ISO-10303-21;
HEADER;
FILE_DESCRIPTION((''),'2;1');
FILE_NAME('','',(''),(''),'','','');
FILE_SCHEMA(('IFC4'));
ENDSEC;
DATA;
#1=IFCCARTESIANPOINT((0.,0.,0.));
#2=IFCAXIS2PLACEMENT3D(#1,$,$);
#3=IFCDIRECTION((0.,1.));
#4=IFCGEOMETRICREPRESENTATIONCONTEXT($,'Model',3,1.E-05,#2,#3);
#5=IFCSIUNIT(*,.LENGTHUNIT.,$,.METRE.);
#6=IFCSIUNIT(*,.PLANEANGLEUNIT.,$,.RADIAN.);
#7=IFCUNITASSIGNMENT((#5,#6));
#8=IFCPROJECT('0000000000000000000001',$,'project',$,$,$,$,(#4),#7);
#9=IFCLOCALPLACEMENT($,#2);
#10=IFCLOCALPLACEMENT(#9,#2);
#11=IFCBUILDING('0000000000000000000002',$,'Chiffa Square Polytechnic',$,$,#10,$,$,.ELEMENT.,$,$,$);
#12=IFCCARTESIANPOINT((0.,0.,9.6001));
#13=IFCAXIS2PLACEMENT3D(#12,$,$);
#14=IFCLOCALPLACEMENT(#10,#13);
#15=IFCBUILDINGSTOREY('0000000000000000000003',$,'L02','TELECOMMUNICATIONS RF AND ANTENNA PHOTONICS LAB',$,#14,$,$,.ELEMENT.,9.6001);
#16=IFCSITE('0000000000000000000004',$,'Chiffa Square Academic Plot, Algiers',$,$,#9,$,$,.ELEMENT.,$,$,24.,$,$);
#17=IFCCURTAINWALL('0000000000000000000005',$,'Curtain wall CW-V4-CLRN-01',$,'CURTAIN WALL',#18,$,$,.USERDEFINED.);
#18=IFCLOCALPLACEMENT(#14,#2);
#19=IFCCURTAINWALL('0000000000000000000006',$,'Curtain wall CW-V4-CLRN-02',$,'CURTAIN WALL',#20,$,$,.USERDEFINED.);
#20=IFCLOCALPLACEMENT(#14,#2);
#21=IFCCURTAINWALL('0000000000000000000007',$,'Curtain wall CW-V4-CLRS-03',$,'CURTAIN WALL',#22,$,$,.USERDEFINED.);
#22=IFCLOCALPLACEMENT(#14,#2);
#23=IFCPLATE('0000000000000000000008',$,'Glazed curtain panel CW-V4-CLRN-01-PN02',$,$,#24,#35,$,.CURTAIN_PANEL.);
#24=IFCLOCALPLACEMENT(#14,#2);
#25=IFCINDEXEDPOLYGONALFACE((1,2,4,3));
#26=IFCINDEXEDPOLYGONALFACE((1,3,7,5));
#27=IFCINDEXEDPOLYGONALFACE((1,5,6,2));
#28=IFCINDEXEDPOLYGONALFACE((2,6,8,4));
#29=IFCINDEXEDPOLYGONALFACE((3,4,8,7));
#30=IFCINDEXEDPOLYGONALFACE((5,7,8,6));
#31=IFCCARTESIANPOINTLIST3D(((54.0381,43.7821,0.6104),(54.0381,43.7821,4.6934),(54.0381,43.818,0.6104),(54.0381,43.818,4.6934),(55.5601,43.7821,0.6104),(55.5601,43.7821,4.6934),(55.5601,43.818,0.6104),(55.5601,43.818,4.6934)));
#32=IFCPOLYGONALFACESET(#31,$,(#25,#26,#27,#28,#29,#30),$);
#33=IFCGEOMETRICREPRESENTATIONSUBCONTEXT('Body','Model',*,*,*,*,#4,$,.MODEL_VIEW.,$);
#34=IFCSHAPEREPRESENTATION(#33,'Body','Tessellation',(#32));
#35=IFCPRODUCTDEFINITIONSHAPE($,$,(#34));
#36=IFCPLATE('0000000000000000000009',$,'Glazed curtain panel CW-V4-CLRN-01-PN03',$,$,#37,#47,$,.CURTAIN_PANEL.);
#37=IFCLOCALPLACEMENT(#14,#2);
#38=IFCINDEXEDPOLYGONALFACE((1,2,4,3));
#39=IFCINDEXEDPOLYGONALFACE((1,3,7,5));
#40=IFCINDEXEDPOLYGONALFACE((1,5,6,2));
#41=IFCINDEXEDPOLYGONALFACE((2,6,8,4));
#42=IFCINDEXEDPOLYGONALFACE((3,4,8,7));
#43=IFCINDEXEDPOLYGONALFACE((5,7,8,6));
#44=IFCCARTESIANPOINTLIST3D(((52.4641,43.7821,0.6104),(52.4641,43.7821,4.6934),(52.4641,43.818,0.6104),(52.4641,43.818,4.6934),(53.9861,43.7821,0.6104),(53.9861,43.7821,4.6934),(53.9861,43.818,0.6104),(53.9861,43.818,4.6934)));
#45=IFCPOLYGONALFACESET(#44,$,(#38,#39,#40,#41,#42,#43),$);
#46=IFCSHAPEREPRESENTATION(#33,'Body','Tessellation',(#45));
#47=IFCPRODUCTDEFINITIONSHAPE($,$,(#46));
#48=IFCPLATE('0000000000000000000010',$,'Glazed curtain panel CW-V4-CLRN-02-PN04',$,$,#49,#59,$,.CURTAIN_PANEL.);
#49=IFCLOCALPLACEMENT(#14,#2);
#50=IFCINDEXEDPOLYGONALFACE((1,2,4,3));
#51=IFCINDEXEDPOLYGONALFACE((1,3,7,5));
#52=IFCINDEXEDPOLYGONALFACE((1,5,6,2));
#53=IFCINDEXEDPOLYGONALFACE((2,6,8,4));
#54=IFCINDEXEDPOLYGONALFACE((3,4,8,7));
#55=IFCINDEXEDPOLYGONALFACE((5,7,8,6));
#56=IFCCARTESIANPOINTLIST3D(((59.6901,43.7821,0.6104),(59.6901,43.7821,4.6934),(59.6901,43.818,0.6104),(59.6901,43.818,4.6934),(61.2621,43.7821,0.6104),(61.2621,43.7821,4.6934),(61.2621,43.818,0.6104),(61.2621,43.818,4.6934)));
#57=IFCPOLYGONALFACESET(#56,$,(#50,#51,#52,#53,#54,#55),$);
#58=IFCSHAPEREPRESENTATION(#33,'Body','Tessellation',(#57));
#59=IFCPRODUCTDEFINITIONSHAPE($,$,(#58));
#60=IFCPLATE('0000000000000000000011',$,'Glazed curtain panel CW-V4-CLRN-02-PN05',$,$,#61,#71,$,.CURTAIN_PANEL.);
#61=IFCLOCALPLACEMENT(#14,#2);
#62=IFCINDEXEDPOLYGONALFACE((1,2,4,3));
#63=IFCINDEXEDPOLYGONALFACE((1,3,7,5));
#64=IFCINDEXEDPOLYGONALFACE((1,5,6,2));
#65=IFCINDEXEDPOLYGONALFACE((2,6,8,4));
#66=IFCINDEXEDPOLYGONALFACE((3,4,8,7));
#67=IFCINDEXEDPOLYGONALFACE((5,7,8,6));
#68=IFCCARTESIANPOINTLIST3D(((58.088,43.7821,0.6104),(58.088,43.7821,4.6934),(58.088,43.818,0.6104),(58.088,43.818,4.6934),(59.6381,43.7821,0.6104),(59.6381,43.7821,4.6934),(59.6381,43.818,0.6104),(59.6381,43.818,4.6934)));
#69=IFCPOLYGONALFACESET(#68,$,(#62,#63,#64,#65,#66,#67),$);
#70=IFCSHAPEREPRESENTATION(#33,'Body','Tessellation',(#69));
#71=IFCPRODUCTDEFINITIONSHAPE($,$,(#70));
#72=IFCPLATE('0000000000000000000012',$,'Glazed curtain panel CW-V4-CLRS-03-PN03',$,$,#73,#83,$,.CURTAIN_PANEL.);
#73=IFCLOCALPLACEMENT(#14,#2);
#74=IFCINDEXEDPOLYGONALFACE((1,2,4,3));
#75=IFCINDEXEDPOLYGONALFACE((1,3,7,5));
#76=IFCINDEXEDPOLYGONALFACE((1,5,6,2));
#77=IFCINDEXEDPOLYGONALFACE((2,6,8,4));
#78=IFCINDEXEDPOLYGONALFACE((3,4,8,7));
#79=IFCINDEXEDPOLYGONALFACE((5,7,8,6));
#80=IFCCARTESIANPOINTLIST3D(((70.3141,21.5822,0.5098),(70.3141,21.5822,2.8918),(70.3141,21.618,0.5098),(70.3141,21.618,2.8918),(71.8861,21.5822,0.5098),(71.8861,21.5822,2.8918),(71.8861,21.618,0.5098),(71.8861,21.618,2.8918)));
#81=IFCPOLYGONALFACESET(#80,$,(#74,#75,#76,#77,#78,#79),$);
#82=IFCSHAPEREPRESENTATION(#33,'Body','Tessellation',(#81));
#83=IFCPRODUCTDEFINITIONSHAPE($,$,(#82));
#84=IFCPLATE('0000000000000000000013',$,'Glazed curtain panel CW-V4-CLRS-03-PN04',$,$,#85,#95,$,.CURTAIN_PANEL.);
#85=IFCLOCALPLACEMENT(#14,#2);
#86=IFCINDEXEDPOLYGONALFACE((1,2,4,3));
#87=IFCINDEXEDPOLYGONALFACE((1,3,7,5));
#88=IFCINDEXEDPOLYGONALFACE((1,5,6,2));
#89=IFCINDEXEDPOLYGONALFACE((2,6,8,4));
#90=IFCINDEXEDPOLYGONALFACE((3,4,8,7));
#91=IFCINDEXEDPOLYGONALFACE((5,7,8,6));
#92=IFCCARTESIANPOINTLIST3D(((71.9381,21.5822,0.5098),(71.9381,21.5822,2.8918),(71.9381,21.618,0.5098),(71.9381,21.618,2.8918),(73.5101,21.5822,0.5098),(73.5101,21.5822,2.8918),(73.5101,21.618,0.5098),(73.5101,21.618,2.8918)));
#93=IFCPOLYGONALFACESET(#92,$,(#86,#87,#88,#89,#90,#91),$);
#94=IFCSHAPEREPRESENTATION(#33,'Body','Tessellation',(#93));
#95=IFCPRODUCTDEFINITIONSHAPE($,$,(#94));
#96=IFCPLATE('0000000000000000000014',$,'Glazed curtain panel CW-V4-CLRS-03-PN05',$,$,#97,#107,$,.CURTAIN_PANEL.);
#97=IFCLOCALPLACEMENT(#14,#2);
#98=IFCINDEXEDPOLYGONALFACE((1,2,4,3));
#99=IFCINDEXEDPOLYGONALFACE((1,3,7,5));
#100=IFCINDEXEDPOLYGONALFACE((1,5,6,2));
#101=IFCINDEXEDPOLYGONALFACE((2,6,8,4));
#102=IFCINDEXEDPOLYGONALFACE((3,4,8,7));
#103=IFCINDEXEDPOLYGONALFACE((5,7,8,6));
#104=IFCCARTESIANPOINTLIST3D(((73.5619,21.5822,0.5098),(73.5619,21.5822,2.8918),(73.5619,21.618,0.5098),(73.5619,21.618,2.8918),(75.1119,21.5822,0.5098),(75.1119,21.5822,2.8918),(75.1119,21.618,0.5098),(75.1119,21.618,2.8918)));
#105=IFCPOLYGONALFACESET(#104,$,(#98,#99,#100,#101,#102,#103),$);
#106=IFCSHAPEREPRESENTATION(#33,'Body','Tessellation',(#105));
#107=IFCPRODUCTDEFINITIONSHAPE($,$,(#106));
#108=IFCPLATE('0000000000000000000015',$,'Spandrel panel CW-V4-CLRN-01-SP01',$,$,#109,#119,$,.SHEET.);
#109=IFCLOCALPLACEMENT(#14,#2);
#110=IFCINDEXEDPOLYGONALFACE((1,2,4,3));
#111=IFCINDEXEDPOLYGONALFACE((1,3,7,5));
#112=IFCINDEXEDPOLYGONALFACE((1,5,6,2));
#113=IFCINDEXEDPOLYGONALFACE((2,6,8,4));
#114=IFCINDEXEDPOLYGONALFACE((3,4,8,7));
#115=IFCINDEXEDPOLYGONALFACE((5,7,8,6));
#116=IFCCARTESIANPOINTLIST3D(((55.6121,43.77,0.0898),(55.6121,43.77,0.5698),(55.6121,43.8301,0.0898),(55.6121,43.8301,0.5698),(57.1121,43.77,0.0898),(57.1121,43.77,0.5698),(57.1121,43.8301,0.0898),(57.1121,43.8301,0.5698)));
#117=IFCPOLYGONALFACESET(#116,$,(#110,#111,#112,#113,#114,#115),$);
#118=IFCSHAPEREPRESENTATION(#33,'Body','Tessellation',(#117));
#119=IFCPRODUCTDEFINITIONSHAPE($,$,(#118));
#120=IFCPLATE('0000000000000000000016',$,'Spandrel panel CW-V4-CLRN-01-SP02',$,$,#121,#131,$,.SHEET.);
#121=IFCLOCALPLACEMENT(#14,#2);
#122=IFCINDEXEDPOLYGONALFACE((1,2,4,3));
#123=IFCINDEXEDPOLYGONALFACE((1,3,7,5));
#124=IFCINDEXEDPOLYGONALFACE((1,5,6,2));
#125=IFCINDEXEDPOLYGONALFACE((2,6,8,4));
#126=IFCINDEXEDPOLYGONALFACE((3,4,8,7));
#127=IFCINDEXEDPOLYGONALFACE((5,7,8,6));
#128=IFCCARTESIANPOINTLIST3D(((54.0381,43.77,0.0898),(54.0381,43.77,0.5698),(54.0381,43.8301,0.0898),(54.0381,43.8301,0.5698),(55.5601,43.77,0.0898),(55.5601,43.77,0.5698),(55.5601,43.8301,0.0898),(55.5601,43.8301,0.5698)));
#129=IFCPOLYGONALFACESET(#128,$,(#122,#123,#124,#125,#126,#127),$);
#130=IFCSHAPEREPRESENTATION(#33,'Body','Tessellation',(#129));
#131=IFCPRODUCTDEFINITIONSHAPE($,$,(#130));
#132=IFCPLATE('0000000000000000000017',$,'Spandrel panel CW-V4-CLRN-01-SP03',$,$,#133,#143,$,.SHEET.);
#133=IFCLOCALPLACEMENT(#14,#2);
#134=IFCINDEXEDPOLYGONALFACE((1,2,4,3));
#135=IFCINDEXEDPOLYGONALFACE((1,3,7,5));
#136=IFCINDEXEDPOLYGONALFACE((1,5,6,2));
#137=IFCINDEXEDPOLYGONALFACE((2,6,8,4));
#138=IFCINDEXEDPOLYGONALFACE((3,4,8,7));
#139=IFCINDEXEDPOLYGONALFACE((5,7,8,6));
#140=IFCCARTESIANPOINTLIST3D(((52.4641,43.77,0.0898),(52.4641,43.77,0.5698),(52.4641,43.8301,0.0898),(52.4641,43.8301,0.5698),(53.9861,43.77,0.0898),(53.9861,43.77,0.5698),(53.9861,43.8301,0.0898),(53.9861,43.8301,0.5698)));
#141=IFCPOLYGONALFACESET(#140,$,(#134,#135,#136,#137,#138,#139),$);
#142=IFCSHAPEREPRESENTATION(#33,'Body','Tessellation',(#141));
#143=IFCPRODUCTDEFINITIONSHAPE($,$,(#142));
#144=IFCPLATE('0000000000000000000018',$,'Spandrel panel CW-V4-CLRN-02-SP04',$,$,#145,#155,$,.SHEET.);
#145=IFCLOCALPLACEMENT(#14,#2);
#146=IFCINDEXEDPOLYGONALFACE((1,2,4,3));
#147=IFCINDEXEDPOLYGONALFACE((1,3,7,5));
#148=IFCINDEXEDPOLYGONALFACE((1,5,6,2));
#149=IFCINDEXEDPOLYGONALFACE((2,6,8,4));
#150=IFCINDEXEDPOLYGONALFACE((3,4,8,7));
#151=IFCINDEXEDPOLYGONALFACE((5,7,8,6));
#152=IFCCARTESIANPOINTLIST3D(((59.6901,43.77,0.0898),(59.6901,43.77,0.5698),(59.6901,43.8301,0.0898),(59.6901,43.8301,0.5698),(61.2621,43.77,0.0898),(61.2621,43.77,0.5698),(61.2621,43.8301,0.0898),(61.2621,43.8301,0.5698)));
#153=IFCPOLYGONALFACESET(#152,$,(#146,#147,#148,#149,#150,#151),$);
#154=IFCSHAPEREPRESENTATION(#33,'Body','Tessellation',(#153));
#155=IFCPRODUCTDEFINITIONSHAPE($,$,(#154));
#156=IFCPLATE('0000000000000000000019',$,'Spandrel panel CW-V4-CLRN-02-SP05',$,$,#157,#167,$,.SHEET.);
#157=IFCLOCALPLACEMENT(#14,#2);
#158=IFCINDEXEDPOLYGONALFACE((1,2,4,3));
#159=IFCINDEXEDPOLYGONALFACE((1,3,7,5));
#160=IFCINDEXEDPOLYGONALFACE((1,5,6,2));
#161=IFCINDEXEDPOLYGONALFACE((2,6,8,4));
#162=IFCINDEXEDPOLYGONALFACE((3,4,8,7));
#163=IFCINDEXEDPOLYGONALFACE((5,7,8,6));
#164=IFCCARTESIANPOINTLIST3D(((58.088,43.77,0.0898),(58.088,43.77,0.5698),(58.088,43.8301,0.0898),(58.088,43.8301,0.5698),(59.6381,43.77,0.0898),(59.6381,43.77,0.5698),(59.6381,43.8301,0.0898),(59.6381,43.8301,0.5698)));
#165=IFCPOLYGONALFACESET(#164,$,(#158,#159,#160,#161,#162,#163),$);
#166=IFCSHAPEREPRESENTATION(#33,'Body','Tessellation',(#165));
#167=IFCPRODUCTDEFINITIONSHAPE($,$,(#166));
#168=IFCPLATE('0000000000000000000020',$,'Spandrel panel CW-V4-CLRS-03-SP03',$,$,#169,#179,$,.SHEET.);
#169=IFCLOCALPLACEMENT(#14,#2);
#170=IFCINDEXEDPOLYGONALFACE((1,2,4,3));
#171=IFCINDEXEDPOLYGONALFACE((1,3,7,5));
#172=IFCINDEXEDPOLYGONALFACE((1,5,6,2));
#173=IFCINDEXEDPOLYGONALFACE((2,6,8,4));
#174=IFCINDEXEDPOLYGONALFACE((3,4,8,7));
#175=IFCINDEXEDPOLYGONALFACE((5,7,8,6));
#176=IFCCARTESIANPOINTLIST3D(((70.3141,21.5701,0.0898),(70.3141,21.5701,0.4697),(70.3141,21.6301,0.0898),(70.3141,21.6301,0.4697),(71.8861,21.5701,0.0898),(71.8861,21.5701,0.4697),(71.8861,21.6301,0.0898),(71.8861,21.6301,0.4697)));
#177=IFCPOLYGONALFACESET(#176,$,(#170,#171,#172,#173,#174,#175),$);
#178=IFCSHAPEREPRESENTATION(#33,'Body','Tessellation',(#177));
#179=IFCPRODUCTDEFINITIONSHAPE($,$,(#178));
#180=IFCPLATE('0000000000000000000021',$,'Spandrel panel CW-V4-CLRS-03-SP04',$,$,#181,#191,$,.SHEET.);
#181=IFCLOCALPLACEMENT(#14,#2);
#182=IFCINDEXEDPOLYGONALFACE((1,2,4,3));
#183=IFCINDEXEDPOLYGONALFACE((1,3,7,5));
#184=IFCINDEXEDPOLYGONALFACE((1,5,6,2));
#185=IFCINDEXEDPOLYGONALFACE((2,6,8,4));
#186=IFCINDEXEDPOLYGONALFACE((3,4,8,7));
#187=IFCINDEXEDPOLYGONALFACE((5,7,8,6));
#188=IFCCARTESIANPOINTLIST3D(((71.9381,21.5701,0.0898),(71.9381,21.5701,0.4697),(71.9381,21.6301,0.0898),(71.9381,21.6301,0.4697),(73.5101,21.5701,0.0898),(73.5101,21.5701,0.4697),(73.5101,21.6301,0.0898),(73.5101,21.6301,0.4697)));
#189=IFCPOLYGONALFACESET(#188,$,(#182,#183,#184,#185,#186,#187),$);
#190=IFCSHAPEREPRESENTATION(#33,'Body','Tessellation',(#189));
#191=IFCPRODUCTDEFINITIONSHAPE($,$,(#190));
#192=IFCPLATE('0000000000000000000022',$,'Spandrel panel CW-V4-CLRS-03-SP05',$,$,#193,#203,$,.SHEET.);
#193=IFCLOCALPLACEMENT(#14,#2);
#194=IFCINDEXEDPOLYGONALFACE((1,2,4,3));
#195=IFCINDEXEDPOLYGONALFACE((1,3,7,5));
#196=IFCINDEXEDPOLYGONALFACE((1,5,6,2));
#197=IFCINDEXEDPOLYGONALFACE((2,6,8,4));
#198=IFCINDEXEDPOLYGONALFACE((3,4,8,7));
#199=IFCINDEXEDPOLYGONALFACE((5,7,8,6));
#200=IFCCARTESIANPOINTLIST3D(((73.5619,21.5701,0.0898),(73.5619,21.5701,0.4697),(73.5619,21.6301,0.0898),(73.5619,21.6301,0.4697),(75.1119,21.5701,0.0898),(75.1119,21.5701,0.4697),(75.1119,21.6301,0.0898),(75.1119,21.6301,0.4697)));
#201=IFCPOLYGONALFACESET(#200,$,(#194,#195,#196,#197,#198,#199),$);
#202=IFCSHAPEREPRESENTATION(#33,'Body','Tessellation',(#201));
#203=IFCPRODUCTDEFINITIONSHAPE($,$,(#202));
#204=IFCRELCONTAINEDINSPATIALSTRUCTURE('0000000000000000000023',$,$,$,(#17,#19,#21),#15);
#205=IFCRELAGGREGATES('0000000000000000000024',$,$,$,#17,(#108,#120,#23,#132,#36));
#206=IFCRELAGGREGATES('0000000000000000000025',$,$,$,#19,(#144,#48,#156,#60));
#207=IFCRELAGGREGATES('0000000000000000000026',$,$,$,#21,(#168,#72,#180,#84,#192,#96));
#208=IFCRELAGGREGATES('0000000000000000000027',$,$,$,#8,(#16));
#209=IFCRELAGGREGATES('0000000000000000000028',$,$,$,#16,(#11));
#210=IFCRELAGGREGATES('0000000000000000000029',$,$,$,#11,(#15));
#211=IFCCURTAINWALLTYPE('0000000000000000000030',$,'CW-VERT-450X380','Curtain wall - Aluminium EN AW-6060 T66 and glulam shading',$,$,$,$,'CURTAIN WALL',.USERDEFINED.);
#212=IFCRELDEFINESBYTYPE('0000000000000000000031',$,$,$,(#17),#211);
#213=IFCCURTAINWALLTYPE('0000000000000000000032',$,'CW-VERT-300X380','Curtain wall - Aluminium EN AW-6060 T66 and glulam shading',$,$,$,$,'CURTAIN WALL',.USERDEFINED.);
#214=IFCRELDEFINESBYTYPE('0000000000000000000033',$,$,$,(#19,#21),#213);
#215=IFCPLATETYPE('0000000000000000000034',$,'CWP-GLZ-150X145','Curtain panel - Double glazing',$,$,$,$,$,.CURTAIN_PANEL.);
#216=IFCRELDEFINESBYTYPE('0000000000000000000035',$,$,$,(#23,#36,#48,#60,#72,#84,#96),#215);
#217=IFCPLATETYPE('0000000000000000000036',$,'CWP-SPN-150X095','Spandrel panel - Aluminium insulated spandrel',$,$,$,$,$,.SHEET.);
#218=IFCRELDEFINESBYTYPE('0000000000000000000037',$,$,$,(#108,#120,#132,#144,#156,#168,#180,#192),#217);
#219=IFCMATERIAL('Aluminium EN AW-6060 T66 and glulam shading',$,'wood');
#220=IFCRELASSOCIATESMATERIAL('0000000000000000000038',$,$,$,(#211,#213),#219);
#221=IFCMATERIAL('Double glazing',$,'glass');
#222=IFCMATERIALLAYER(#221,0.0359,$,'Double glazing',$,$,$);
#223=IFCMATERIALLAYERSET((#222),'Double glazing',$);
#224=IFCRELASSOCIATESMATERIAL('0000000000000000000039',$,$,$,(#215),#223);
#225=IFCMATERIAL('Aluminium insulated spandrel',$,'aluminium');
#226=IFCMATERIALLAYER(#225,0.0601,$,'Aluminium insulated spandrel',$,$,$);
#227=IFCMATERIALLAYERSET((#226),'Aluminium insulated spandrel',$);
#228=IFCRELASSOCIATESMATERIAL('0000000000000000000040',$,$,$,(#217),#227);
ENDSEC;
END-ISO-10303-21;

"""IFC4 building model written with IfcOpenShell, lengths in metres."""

from ifc_helpers import new_model, si_unit, direction, frame, origin, origin_2d, place, context, subcontext, project, spatial, rectangle, extrude, material, layer, layer_set, type_object, element, aggregate, save


model = new_model("IFC4")

# Units and contexts
model_context = context("Model", 3, precision=1e-05, world=origin(), true_north=direction((0.0, 1.0)))
body_context = subcontext(model_context, "Body", "Model", "MODEL_VIEW")
ifc_project = project(units=[si_unit("LENGTHUNIT", "METRE"), si_unit("PLANEANGLEUNIT", "RADIAN")], contexts=[model_context])

# Site, building, storey
site_placement = place(None, origin())
site = spatial("IfcSite", under=ifc_project, at=site_placement, Name="Chiffa Square Academic Plot, Algiers", CompositionType="ELEMENT", RefElevation=24.0)
building_placement = place(site_placement, origin())
building = spatial("IfcBuilding", under=site, at=building_placement, Name="Chiffa Square Polytechnic", CompositionType="ELEMENT")
storey_placement = place(building_placement, frame((0.0, 0.0, 9.6001)))
storey = spatial("IfcBuildingStorey", under=building, at=storey_placement, Name="L02", Description="TELECOMMUNICATIONS RF AND ANTENNA PHOTONICS LAB", CompositionType="ELEMENT", Elevation=9.6001)

# Curtain walls
ifc_material_1 = material(Name="Aluminium EN AW-6060 T66 and glulam shading", Category="wood")
curtain_wall_type_1 = type_object("IfcCurtainWallType", Name="CW-VERT-450X380", Description="Curtain wall - Aluminium EN AW-6060 T66 and glulam shading", ElementType="CURTAIN WALL", PredefinedType="USERDEFINED", material=ifc_material_1)
curtain_wall_1_placement = place(storey_placement, origin())
curtain_wall_1 = element("IfcCurtainWall", 1, at=curtain_wall_1_placement, inside=storey, type_object=curtain_wall_type_1, Name="Curtain wall CW-V4-CLRN-01", ObjectType="CURTAIN WALL", PredefinedType="USERDEFINED")
curtain_wall_type_2 = type_object("IfcCurtainWallType", Name="CW-VERT-300X380", Description="Curtain wall - Aluminium EN AW-6060 T66 and glulam shading", ElementType="CURTAIN WALL", PredefinedType="USERDEFINED", material=ifc_material_1)
curtain_wall_2_placement = place(storey_placement, origin())
curtain_wall_2 = element("IfcCurtainWall", 2, at=curtain_wall_2_placement, inside=storey, type_object=curtain_wall_type_2, Name="Curtain wall CW-V4-CLRN-02", ObjectType="CURTAIN WALL", PredefinedType="USERDEFINED")
curtain_wall_3_placement = place(storey_placement, origin())
curtain_wall_3 = element("IfcCurtainWall", 3, at=curtain_wall_3_placement, inside=storey, type_object=curtain_wall_type_2, Name="Curtain wall CW-V4-CLRS-03", ObjectType="CURTAIN WALL", PredefinedType="USERDEFINED")

# Plates
ifc_material_2 = material(Name="Double glazing", Category="glass")
ifc_layer_1 = layer(ifc_material_2, 0.0359, Name="Double glazing")
ifc_layer_set_1 = layer_set([ifc_layer_1], Name="Double glazing")
plate_type_1 = type_object("IfcPlateType", Name="CWP-GLZ-150X145", Description="Curtain panel - Double glazing", PredefinedType="CURTAIN_PANEL", material=ifc_layer_set_1)
plate_1_placement = place(storey_placement, frame((54.7991, 43.8, 0.6104), z_axis=(0.0, 0.0, 1.0), x_axis=(-1.0, 0.0, 0.0)))
plate_1 = element("IfcPlate", 4, at=plate_1_placement, type_object=plate_type_1, Name="Glazed curtain panel CW-V4-CLRN-01-PN02", PredefinedType="CURTAIN_PANEL", context=body_context, shape_type="SweptSolid", body=[
    extrude(rectangle(XDim=1.522, YDim=0.0359, at=origin_2d()), origin(), (0.0, 0.0, 1.0), 4.083),
])
plate_2_placement = place(storey_placement, frame((53.2251, 43.8, 0.6104), z_axis=(0.0, 0.0, 1.0), x_axis=(-1.0, 0.0, 0.0)))
plate_2 = element("IfcPlate", 5, at=plate_2_placement, type_object=plate_type_1, Name="Glazed curtain panel CW-V4-CLRN-01-PN03", PredefinedType="CURTAIN_PANEL", context=body_context, shape_type="SweptSolid", body=[
    extrude(rectangle(XDim=1.522, YDim=0.0359, at=origin_2d()), origin(), (0.0, 0.0, 1.0), 4.083),
])
plate_3_placement = place(storey_placement, frame((60.4761, 43.8, 0.6104), z_axis=(0.0, 0.0, 1.0), x_axis=(-1.0, 0.0, 0.0)))
plate_3 = element("IfcPlate", 6, at=plate_3_placement, type_object=plate_type_1, Name="Glazed curtain panel CW-V4-CLRN-02-PN04", PredefinedType="CURTAIN_PANEL", context=body_context, shape_type="SweptSolid", body=[
    extrude(rectangle(XDim=1.572, YDim=0.0359, at=origin_2d()), origin(), (0.0, 0.0, 1.0), 4.083),
])
plate_4_placement = place(storey_placement, frame((58.863, 43.8, 0.6104), z_axis=(0.0, 0.0, 1.0), x_axis=(-1.0, 0.0, 0.0)))
plate_4 = element("IfcPlate", 7, at=plate_4_placement, type_object=plate_type_1, Name="Glazed curtain panel CW-V4-CLRN-02-PN05", PredefinedType="CURTAIN_PANEL", context=body_context, shape_type="SweptSolid", body=[
    extrude(rectangle(XDim=1.55, YDim=0.0359, at=origin_2d()), origin(), (0.0, 0.0, 1.0), 4.083),
])
plate_5_placement = place(storey_placement, frame((71.1001, 21.6001, 0.5098), z_axis=(0.0, 0.0, 1.0), x_axis=(1.0, 0.0, 0.0)))
plate_5 = element("IfcPlate", 8, at=plate_5_placement, type_object=plate_type_1, Name="Glazed curtain panel CW-V4-CLRS-03-PN03", PredefinedType="CURTAIN_PANEL", context=body_context, shape_type="SweptSolid", body=[
    extrude(rectangle(XDim=1.572, YDim=0.0359, at=origin_2d()), origin(), (0.0, 0.0, 1.0), 2.3821),
])
plate_6_placement = place(storey_placement, frame((72.7241, 21.6001, 0.5098), z_axis=(0.0, 0.0, 1.0), x_axis=(1.0, 0.0, 0.0)))
plate_6 = element("IfcPlate", 9, at=plate_6_placement, type_object=plate_type_1, Name="Glazed curtain panel CW-V4-CLRS-03-PN04", PredefinedType="CURTAIN_PANEL", context=body_context, shape_type="SweptSolid", body=[
    extrude(rectangle(XDim=1.572, YDim=0.0359, at=origin_2d()), origin(), (0.0, 0.0, 1.0), 2.3821),
])
plate_7_placement = place(storey_placement, frame((74.3369, 21.6001, 0.5098), z_axis=(0.0, 0.0, 1.0), x_axis=(1.0, 0.0, 0.0)))
plate_7 = element("IfcPlate", 10, at=plate_7_placement, type_object=plate_type_1, Name="Glazed curtain panel CW-V4-CLRS-03-PN05", PredefinedType="CURTAIN_PANEL", context=body_context, shape_type="SweptSolid", body=[
    extrude(rectangle(XDim=1.55, YDim=0.0359, at=origin_2d()), origin(), (0.0, 0.0, 1.0), 2.3821),
])
ifc_material_3 = material(Name="Aluminium insulated spandrel", Category="aluminium")
ifc_layer_2 = layer(ifc_material_3, 0.0601, Name="Aluminium insulated spandrel")
ifc_layer_set_2 = layer_set([ifc_layer_2], Name="Aluminium insulated spandrel")
plate_type_2 = type_object("IfcPlateType", Name="CWP-SPN-150X095", Description="Spandrel panel - Aluminium insulated spandrel", PredefinedType="SHEET", material=ifc_layer_set_2)
plate_8_placement = place(storey_placement, frame((56.3621, 43.8, 0.0898), z_axis=(0.0, 0.0, 1.0), x_axis=(-1.0, 0.0, 0.0)))
plate_8 = element("IfcPlate", 11, at=plate_8_placement, type_object=plate_type_2, Name="Spandrel panel CW-V4-CLRN-01-SP01", PredefinedType="SHEET", context=body_context, shape_type="SweptSolid", body=[
    extrude(rectangle(XDim=1.5, YDim=0.0601, at=origin_2d()), origin(), (0.0, 0.0, 1.0), 0.48),
])
plate_9_placement = place(storey_placement, frame((54.7991, 43.8, 0.0898), z_axis=(0.0, 0.0, 1.0), x_axis=(-1.0, 0.0, 0.0)))
plate_9 = element("IfcPlate", 12, at=plate_9_placement, type_object=plate_type_2, Name="Spandrel panel CW-V4-CLRN-01-SP02", PredefinedType="SHEET", context=body_context, shape_type="SweptSolid", body=[
    extrude(rectangle(XDim=1.522, YDim=0.0601, at=origin_2d()), origin(), (0.0, 0.0, 1.0), 0.48),
])
plate_10_placement = place(storey_placement, frame((53.2251, 43.8, 0.0898), z_axis=(0.0, 0.0, 1.0), x_axis=(-1.0, 0.0, 0.0)))
plate_10 = element("IfcPlate", 13, at=plate_10_placement, type_object=plate_type_2, Name="Spandrel panel CW-V4-CLRN-01-SP03", PredefinedType="SHEET", context=body_context, shape_type="SweptSolid", body=[
    extrude(rectangle(XDim=1.522, YDim=0.0601, at=origin_2d()), origin(), (0.0, 0.0, 1.0), 0.48),
])
aggregate(curtain_wall_1, [plate_8, plate_9, plate_1, plate_10, plate_2])
plate_11_placement = place(storey_placement, frame((60.4761, 43.8, 0.0898), z_axis=(0.0, 0.0, 1.0), x_axis=(-1.0, 0.0, 0.0)))
plate_11 = element("IfcPlate", 14, at=plate_11_placement, type_object=plate_type_2, Name="Spandrel panel CW-V4-CLRN-02-SP04", PredefinedType="SHEET", context=body_context, shape_type="SweptSolid", body=[
    extrude(rectangle(XDim=1.572, YDim=0.0601, at=origin_2d()), origin(), (0.0, 0.0, 1.0), 0.48),
])
plate_12_placement = place(storey_placement, frame((58.863, 43.8, 0.0898), z_axis=(0.0, 0.0, 1.0), x_axis=(-1.0, 0.0, 0.0)))
plate_12 = element("IfcPlate", 15, at=plate_12_placement, type_object=plate_type_2, Name="Spandrel panel CW-V4-CLRN-02-SP05", PredefinedType="SHEET", context=body_context, shape_type="SweptSolid", body=[
    extrude(rectangle(XDim=1.55, YDim=0.0601, at=origin_2d()), origin(), (0.0, 0.0, 1.0), 0.48),
])
aggregate(curtain_wall_2, [plate_11, plate_3, plate_12, plate_4])
plate_13_placement = place(storey_placement, frame((71.1001, 21.6001, 0.0898), z_axis=(0.0, 0.0, 1.0), x_axis=(1.0, 0.0, 0.0)))
plate_13 = element("IfcPlate", 16, at=plate_13_placement, type_object=plate_type_2, Name="Spandrel panel CW-V4-CLRS-03-SP03", PredefinedType="SHEET", context=body_context, shape_type="SweptSolid", body=[
    extrude(rectangle(XDim=1.572, YDim=0.0601, at=origin_2d()), origin(), (0.0, 0.0, 1.0), 0.3799),
])
plate_14_placement = place(storey_placement, frame((72.7241, 21.6001, 0.0898), z_axis=(0.0, 0.0, 1.0), x_axis=(1.0, 0.0, 0.0)))
plate_14 = element("IfcPlate", 17, at=plate_14_placement, type_object=plate_type_2, Name="Spandrel panel CW-V4-CLRS-03-SP04", PredefinedType="SHEET", context=body_context, shape_type="SweptSolid", body=[
    extrude(rectangle(XDim=1.572, YDim=0.0601, at=origin_2d()), origin(), (0.0, 0.0, 1.0), 0.3799),
])
plate_15_placement = place(storey_placement, frame((74.3369, 21.6001, 0.0898), z_axis=(0.0, 0.0, 1.0), x_axis=(1.0, 0.0, 0.0)))
plate_15 = element("IfcPlate", 18, at=plate_15_placement, type_object=plate_type_2, Name="Spandrel panel CW-V4-CLRS-03-SP05", PredefinedType="SHEET", context=body_context, shape_type="SweptSolid", body=[
    extrude(rectangle(XDim=1.55, YDim=0.0601, at=origin_2d()), origin(), (0.0, 0.0, 1.0), 0.3799),
])
aggregate(curtain_wall_3, [plate_13, plate_5, plate_14, plate_6, plate_15, plate_7])

save(model, "model.ifc")
